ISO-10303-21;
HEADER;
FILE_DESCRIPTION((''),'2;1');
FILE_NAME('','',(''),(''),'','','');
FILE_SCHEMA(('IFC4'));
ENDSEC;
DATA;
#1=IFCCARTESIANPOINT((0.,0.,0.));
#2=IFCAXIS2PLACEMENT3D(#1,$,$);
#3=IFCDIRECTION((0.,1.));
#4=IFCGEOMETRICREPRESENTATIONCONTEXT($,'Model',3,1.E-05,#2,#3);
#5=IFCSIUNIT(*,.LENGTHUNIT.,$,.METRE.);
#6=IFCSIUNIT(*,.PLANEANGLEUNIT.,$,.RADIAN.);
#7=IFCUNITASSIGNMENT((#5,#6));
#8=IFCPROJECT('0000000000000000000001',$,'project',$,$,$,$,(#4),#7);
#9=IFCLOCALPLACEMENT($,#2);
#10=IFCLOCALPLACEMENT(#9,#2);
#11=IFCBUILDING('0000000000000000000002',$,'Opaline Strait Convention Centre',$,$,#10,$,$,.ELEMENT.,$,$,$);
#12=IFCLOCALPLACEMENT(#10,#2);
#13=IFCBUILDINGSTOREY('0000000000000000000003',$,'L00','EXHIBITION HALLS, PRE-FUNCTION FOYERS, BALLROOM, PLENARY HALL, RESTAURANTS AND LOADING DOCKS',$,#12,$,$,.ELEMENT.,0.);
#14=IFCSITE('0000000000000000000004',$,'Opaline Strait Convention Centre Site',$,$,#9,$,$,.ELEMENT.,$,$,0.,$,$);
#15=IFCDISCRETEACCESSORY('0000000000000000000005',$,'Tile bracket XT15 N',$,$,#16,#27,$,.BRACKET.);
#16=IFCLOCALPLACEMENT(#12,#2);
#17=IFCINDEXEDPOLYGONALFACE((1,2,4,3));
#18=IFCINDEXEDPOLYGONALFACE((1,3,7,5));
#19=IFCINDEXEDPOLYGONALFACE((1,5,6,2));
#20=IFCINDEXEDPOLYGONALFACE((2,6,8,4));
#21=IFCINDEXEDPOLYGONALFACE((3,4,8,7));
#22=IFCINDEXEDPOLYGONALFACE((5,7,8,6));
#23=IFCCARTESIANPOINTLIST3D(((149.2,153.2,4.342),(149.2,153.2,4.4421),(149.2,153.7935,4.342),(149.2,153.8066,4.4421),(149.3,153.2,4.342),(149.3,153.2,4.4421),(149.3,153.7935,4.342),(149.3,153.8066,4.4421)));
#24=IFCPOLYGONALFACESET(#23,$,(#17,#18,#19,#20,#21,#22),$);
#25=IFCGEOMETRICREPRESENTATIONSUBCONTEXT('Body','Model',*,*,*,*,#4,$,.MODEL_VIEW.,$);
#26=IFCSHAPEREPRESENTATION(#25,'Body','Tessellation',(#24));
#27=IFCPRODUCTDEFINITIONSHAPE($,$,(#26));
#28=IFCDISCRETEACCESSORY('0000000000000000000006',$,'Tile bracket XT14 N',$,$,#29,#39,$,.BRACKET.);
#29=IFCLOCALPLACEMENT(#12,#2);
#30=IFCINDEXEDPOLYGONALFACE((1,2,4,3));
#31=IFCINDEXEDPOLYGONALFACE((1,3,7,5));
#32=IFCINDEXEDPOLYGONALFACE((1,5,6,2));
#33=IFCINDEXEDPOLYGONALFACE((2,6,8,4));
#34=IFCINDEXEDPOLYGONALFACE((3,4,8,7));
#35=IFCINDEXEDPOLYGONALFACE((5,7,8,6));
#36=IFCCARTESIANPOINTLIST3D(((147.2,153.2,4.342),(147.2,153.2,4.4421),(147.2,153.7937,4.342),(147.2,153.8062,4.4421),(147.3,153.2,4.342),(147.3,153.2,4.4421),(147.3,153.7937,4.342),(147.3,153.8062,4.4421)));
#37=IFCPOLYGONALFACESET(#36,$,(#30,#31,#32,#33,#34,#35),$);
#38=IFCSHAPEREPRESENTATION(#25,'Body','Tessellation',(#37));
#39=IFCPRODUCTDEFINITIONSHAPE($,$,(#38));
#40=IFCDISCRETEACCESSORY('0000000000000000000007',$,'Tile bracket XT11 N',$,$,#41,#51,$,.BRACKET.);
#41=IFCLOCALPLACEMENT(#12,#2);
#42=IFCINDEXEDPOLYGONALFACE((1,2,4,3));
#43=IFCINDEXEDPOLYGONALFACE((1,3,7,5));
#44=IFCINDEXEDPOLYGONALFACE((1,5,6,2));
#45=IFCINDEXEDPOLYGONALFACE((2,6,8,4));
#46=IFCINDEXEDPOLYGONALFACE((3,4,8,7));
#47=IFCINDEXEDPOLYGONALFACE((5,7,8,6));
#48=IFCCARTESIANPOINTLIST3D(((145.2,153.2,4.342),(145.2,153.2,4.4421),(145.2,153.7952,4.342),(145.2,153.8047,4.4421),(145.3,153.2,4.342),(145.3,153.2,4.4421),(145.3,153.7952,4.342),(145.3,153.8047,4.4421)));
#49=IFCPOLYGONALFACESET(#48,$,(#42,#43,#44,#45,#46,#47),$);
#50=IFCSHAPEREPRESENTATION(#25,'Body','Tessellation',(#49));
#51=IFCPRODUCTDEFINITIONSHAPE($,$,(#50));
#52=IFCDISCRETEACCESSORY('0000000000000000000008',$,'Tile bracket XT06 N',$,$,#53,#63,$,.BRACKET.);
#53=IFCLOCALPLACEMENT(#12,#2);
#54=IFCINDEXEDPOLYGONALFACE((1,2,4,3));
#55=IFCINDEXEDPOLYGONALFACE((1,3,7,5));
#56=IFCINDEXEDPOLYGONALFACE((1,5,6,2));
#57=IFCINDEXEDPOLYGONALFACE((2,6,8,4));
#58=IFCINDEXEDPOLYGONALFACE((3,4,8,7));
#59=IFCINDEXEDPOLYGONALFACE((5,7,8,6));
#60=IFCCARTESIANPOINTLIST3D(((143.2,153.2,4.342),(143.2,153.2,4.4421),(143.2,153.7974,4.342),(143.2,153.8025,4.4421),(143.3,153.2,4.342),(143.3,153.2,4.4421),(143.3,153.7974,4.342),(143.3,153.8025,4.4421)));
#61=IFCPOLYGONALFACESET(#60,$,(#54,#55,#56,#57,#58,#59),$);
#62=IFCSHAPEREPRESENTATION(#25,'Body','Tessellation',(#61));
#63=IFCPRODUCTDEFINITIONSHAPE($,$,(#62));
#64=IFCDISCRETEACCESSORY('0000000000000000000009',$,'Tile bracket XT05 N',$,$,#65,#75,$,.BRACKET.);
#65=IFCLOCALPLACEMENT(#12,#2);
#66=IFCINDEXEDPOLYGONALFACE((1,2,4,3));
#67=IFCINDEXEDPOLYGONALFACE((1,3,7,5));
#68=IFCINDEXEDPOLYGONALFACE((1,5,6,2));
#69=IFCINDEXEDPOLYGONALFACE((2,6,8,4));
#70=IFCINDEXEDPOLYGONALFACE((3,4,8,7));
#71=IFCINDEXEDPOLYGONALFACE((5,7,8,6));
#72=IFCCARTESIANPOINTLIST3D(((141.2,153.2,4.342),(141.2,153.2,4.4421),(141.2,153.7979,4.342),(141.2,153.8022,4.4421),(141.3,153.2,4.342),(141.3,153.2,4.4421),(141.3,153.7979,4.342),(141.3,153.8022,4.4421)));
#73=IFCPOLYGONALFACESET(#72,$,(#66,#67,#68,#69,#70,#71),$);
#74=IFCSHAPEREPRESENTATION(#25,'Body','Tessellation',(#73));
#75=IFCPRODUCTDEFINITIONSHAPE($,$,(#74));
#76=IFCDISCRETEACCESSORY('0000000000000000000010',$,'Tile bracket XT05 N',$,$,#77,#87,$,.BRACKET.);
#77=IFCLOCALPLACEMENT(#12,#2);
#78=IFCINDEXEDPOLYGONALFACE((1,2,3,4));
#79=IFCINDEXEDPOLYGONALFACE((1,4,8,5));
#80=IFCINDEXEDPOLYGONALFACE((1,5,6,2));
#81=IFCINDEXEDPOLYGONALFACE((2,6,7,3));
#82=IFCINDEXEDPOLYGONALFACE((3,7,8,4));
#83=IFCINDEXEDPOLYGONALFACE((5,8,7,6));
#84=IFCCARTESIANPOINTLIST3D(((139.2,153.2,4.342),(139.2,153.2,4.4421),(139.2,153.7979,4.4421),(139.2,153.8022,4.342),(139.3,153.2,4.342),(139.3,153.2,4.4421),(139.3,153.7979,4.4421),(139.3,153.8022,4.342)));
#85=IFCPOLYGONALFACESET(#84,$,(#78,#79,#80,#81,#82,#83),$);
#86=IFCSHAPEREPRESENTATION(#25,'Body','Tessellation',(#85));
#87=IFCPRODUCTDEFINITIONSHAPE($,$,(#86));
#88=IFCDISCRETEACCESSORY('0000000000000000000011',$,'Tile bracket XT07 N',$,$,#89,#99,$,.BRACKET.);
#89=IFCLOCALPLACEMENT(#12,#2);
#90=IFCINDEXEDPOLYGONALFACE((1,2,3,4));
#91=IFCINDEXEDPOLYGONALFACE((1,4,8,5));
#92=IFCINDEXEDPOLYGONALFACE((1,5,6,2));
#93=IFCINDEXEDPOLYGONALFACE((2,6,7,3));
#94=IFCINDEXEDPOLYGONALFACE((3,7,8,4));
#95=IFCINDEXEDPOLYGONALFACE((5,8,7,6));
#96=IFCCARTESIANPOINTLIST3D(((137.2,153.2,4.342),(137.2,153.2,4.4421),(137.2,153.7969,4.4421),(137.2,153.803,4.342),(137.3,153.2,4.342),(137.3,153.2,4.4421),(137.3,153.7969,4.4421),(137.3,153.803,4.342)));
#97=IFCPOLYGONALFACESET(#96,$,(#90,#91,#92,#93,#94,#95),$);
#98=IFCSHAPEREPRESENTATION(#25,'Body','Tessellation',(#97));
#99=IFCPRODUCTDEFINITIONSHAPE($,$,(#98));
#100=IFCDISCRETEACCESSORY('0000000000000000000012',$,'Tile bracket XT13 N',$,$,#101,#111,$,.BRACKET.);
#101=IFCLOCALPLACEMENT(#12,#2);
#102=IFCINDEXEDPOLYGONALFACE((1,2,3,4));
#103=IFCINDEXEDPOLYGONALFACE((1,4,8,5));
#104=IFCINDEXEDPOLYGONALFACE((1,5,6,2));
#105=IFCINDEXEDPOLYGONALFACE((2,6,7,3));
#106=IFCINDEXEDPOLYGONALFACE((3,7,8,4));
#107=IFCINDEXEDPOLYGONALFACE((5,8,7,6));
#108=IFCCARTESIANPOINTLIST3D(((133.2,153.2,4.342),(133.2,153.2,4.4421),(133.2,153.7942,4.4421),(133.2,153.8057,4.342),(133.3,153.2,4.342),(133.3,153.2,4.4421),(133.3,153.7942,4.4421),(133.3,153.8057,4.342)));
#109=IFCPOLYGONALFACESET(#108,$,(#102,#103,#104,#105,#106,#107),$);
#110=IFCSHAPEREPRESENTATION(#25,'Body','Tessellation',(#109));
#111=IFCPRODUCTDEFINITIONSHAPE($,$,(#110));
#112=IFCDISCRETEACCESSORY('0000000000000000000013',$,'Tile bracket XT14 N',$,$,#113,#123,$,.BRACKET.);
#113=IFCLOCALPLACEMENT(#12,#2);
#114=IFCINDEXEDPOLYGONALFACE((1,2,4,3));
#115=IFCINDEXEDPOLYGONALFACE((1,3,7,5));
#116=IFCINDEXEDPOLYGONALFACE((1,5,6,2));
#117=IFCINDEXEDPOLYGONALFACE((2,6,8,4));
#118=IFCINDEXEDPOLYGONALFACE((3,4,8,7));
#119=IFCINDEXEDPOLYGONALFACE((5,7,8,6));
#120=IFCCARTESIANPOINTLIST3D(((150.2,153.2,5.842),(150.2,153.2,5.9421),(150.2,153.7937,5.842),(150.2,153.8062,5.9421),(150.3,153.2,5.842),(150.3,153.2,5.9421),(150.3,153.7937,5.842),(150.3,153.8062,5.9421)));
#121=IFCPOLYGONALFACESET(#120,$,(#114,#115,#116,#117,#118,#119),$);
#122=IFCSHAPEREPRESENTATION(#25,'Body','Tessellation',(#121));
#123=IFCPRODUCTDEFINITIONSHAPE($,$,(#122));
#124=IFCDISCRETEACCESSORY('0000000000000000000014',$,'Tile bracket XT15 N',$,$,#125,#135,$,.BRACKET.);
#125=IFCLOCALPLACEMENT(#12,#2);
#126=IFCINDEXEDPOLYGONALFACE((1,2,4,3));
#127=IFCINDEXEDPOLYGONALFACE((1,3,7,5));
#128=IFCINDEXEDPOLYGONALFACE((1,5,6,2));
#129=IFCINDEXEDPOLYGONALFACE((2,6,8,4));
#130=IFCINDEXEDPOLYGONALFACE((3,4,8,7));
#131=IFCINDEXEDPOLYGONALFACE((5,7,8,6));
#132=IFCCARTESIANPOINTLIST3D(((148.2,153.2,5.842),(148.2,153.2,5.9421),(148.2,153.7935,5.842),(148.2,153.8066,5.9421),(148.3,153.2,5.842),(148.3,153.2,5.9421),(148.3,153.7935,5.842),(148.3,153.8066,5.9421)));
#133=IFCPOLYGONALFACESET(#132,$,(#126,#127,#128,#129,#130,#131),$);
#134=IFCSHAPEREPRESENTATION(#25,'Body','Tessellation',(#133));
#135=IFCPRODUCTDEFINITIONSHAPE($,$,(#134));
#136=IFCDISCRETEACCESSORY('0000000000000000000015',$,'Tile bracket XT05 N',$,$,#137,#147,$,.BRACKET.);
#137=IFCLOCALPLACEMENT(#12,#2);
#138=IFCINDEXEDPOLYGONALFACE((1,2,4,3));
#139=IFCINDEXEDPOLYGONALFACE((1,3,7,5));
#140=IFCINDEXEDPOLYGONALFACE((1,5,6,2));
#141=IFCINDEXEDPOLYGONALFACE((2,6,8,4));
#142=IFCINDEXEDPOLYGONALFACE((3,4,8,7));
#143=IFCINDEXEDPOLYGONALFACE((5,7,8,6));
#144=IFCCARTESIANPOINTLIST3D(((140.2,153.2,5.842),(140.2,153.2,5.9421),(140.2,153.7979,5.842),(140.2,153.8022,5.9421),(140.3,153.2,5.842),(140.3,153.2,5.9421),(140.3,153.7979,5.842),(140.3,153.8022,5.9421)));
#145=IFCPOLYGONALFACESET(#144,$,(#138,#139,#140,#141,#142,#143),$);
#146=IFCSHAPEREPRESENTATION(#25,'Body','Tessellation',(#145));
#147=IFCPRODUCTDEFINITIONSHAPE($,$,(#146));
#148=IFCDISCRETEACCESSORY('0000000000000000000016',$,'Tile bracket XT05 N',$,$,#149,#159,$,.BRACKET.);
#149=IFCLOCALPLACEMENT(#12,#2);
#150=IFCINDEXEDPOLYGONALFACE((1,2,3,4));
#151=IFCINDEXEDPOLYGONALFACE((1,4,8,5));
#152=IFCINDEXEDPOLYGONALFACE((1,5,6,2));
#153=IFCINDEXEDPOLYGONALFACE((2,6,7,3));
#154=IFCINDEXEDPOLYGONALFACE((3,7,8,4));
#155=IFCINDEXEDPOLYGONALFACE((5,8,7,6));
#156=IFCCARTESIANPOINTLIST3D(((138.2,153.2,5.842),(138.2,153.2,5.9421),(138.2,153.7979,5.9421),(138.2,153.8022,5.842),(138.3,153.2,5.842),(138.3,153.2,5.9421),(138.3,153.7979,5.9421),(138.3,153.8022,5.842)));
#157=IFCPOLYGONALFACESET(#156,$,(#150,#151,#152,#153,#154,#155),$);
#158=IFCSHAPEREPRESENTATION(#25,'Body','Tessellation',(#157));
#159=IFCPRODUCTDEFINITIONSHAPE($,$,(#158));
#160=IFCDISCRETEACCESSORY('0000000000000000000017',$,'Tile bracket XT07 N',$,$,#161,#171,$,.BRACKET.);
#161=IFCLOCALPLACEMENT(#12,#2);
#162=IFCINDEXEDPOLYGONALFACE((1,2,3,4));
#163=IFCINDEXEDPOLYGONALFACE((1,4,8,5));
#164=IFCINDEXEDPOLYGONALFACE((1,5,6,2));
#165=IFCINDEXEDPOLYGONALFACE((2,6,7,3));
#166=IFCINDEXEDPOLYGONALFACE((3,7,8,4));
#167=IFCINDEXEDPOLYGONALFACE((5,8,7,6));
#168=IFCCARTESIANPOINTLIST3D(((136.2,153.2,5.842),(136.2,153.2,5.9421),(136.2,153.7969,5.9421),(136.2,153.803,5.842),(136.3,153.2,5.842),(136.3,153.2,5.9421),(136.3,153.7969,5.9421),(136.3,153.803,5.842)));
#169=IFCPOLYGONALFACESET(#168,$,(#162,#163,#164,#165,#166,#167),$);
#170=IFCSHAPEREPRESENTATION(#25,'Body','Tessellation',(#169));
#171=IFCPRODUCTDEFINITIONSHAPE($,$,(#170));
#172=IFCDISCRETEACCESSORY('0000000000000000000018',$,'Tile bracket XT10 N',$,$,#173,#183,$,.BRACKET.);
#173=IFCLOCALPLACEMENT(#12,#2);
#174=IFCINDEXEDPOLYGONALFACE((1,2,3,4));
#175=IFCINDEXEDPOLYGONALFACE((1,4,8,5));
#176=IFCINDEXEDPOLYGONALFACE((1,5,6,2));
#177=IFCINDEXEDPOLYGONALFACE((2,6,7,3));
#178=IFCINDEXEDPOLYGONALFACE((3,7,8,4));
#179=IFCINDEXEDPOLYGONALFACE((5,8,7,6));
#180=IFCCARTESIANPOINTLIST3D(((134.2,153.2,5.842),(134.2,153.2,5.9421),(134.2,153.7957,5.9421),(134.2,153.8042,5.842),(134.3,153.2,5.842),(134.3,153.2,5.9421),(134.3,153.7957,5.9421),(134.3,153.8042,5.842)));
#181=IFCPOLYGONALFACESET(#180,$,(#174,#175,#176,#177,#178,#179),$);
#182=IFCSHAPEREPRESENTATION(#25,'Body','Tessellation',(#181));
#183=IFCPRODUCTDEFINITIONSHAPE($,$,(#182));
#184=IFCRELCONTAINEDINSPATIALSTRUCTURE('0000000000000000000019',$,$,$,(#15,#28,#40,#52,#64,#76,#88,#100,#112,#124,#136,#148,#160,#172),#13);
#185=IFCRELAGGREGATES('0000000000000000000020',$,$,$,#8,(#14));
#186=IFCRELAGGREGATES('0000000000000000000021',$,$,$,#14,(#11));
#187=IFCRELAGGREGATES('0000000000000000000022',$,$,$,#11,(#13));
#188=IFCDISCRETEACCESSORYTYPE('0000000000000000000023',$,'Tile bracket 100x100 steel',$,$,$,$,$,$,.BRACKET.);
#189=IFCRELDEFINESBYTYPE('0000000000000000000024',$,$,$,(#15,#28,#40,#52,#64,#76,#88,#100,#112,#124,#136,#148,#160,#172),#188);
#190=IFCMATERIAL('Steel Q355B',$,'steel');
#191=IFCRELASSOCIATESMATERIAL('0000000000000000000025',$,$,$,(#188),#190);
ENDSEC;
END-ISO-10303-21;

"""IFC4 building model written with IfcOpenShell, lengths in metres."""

from ifc_helpers import new_model, si_unit, direction, frame, origin, place, context, subcontext, project, spatial, polyline, outline, extrude, material, type_object, element, save


model = new_model("IFC4")

# Units and contexts
model_context = context("Model", 3, precision=1e-05, world=origin(), true_north=direction((0.0, 1.0)))
body_context = subcontext(model_context, "Body", "Model", "MODEL_VIEW")
ifc_project = project(units=[si_unit("LENGTHUNIT", "METRE"), si_unit("PLANEANGLEUNIT", "RADIAN")], contexts=[model_context])

# Site, building, storey
site_placement = place(None, origin())
site = spatial("IfcSite", under=ifc_project, at=site_placement, Name="Opaline Strait Convention Centre Site", CompositionType="ELEMENT", RefElevation=0.0)
building_placement = place(site_placement, origin())
building = spatial("IfcBuilding", under=site, at=building_placement, Name="Opaline Strait Convention Centre", CompositionType="ELEMENT")
storey_placement = place(building_placement, origin())
storey = spatial("IfcBuildingStorey", under=building, at=storey_placement, Name="L00", Description="EXHIBITION HALLS, PRE-FUNCTION FOYERS, BALLROOM, PLENARY HALL, RESTAURANTS AND LOADING DOCKS", CompositionType="ELEMENT", Elevation=0.0)

# Shared definitions
ifc_material_1 = material(Name="Steel Q355B", Category="steel")

# Discrete accessories
discrete_accessory_type = type_object("IfcDiscreteAccessoryType", Name="Tile bracket 100x100 steel", PredefinedType="BRACKET", material=ifc_material_1)
discrete_accessory_1_placement = place(storey_placement, frame((149.3, 153.2, 4.3921), z_axis=(-1.0, 0.0, 0.0), x_axis=(0.0, -1.0, 0.0)))
element("IfcDiscreteAccessory", 1, at=discrete_accessory_1_placement, inside=storey, type_object=discrete_accessory_type, Name="Tile bracket XT15 N", PredefinedType="BRACKET", context=body_context, shape_type="SweptSolid", body=[
    extrude(outline(polyline([(0.0, -0.05), (0.0, 0.05), (-0.6067, 0.05), (-0.5935, -0.05), (0.0, -0.05)])), origin(), (0.0, 0.0, 1.0), 0.1001),
])
discrete_accessory_2_placement = place(storey_placement, frame((147.3, 153.2, 4.3921), z_axis=(-1.0, 0.0, 0.0), x_axis=(0.0, -1.0, 0.0)))
element("IfcDiscreteAccessory", 2, at=discrete_accessory_2_placement, inside=storey, type_object=discrete_accessory_type, Name="Tile bracket XT14 N", PredefinedType="BRACKET", context=body_context, shape_type="SweptSolid", body=[
    extrude(outline(polyline([(0.0, -0.05), (0.0, 0.05), (-0.6062, 0.05), (-0.5938, -0.05), (0.0, -0.05)])), origin(), (0.0, 0.0, 1.0), 0.1001),
])
discrete_accessory_3_placement = place(storey_placement, frame((145.3, 153.2, 4.3921), z_axis=(-1.0, 0.0, 0.0), x_axis=(0.0, -1.0, 0.0)))
element("IfcDiscreteAccessory", 3, at=discrete_accessory_3_placement, inside=storey, type_object=discrete_accessory_type, Name="Tile bracket XT11 N", PredefinedType="BRACKET", context=body_context, shape_type="SweptSolid", body=[
    extrude(outline(polyline([(0.0, -0.05), (0.0, 0.05), (-0.6047, 0.05), (-0.5952, -0.05), (0.0, -0.05)])), origin(), (0.0, 0.0, 1.0), 0.1001),
])
discrete_accessory_4_placement = place(storey_placement, frame((143.3, 153.2, 4.3921), z_axis=(-1.0, 0.0, 0.0), x_axis=(0.0, -1.0, 0.0)))
element("IfcDiscreteAccessory", 4, at=discrete_accessory_4_placement, inside=storey, type_object=discrete_accessory_type, Name="Tile bracket XT06 N", PredefinedType="BRACKET", context=body_context, shape_type="SweptSolid", body=[
    extrude(outline(polyline([(0.0, -0.05), (0.0, 0.05), (-0.6025, 0.05), (-0.5974, -0.05), (0.0, -0.05)])), origin(), (0.0, 0.0, 1.0), 0.1001),
])
discrete_accessory_5_placement = place(storey_placement, frame((141.3, 153.2, 4.3921), z_axis=(-1.0, 0.0, 0.0), x_axis=(0.0, -1.0, 0.0)))
element("IfcDiscreteAccessory", 5, at=discrete_accessory_5_placement, inside=storey, type_object=discrete_accessory_type, Name="Tile bracket XT05 N", PredefinedType="BRACKET", context=body_context, shape_type="SweptSolid", body=[
    extrude(outline(polyline([(0.0, -0.05), (0.0, 0.05), (-0.6023, 0.05), (-0.5979, -0.05), (0.0, -0.05)])), origin(), (0.0, 0.0, 1.0), 0.1001),
])
discrete_accessory_6_placement = place(storey_placement, frame((139.3, 153.2, 4.3921), z_axis=(-1.0, 0.0, 0.0), x_axis=(0.0, -1.0, 0.0)))
element("IfcDiscreteAccessory", 6, at=discrete_accessory_6_placement, inside=storey, type_object=discrete_accessory_type, Name="Tile bracket XT05 N", PredefinedType="BRACKET", context=body_context, shape_type="SweptSolid", body=[
    extrude(outline(polyline([(0.0, -0.05), (0.0, 0.05), (-0.5979, 0.05), (-0.6023, -0.05), (0.0, -0.05)])), origin(), (0.0, 0.0, 1.0), 0.1001),
])
discrete_accessory_7_placement = place(storey_placement, frame((137.3, 153.2, 4.3921), z_axis=(-1.0, 0.0, 0.0), x_axis=(0.0, -1.0, 0.0)))
element("IfcDiscreteAccessory", 7, at=discrete_accessory_7_placement, inside=storey, type_object=discrete_accessory_type, Name="Tile bracket XT07 N", PredefinedType="BRACKET", context=body_context, shape_type="SweptSolid", body=[
    extrude(outline(polyline([(0.0, -0.05), (0.0, 0.05), (-0.5969, 0.05), (-0.603, -0.05), (0.0, -0.05)])), origin(), (0.0, 0.0, 1.0), 0.1001),
])
discrete_accessory_8_placement = place(storey_placement, frame((133.3, 153.2, 4.3921), z_axis=(-1.0, 0.0, 0.0), x_axis=(0.0, -1.0, 0.0)))
element("IfcDiscreteAccessory", 8, at=discrete_accessory_8_placement, inside=storey, type_object=discrete_accessory_type, Name="Tile bracket XT13 N", PredefinedType="BRACKET", context=body_context, shape_type="SweptSolid", body=[
    extrude(outline(polyline([(0.0, -0.05), (0.0, 0.05), (-0.5942, 0.05), (-0.6057, -0.05), (0.0, -0.05)])), origin(), (0.0, 0.0, 1.0), 0.1001),
])
discrete_accessory_9_placement = place(storey_placement, frame((150.3, 153.2, 5.8921), z_axis=(-1.0, 0.0, 0.0), x_axis=(0.0, -1.0, 0.0)))
element("IfcDiscreteAccessory", 9, at=discrete_accessory_9_placement, inside=storey, type_object=discrete_accessory_type, Name="Tile bracket XT14 N", PredefinedType="BRACKET", context=body_context, shape_type="SweptSolid", body=[
    extrude(outline(polyline([(0.0, -0.05), (0.0, 0.05), (-0.6062, 0.05), (-0.5938, -0.05), (0.0, -0.05)])), origin(), (0.0, 0.0, 1.0), 0.1001),
])
discrete_accessory_10_placement = place(storey_placement, frame((148.3, 153.2, 5.8921), z_axis=(-1.0, 0.0, 0.0), x_axis=(0.0, -1.0, 0.0)))
element("IfcDiscreteAccessory", 10, at=discrete_accessory_10_placement, inside=storey, type_object=discrete_accessory_type, Name="Tile bracket XT15 N", PredefinedType="BRACKET", context=body_context, shape_type="SweptSolid", body=[
    extrude(outline(polyline([(0.0, -0.05), (0.0, 0.05), (-0.6067, 0.05), (-0.5935, -0.05), (0.0, -0.05)])), origin(), (0.0, 0.0, 1.0), 0.1001),
])
discrete_accessory_11_placement = place(storey_placement, frame((140.3, 153.2, 5.8921), z_axis=(-1.0, 0.0, 0.0), x_axis=(0.0, -1.0, 0.0)))
element("IfcDiscreteAccessory", 11, at=discrete_accessory_11_placement, inside=storey, type_object=discrete_accessory_type, Name="Tile bracket XT05 N", PredefinedType="BRACKET", context=body_context, shape_type="SweptSolid", body=[
    extrude(outline(polyline([(0.0, -0.05), (0.0, 0.05), (-0.6023, 0.05), (-0.5979, -0.05), (0.0, -0.05)])), origin(), (0.0, 0.0, 1.0), 0.1001),
])
discrete_accessory_12_placement = place(storey_placement, frame((138.3, 153.2, 5.8921), z_axis=(-1.0, 0.0, 0.0), x_axis=(0.0, -1.0, 0.0)))
element("IfcDiscreteAccessory", 12, at=discrete_accessory_12_placement, inside=storey, type_object=discrete_accessory_type, Name="Tile bracket XT05 N", PredefinedType="BRACKET", context=body_context, shape_type="SweptSolid", body=[
    extrude(outline(polyline([(0.0, -0.05), (0.0, 0.05), (-0.5979, 0.05), (-0.6023, -0.05), (0.0, -0.05)])), origin(), (0.0, 0.0, 1.0), 0.1001),
])
discrete_accessory_13_placement = place(storey_placement, frame((136.3, 153.2, 5.8921), z_axis=(-1.0, 0.0, 0.0), x_axis=(0.0, -1.0, 0.0)))
element("IfcDiscreteAccessory", 13, at=discrete_accessory_13_placement, inside=storey, type_object=discrete_accessory_type, Name="Tile bracket XT07 N", PredefinedType="BRACKET", context=body_context, shape_type="SweptSolid", body=[
    extrude(outline(polyline([(0.0, -0.05), (0.0, 0.05), (-0.5969, 0.05), (-0.603, -0.05), (0.0, -0.05)])), origin(), (0.0, 0.0, 1.0), 0.1001),
])
discrete_accessory_14_placement = place(storey_placement, frame((134.3, 153.2, 5.8921), z_axis=(-1.0, 0.0, 0.0), x_axis=(0.0, -1.0, 0.0)))
element("IfcDiscreteAccessory", 14, at=discrete_accessory_14_placement, inside=storey, type_object=discrete_accessory_type, Name="Tile bracket XT10 N", PredefinedType="BRACKET", context=body_context, shape_type="SweptSolid", body=[
    extrude(outline(polyline([(0.0, -0.05), (0.0, 0.05), (-0.5957, 0.05), (-0.6042, -0.05), (0.0, -0.05)])), origin(), (0.0, 0.0, 1.0), 0.1001),
])

save(model, "model.ifc")
